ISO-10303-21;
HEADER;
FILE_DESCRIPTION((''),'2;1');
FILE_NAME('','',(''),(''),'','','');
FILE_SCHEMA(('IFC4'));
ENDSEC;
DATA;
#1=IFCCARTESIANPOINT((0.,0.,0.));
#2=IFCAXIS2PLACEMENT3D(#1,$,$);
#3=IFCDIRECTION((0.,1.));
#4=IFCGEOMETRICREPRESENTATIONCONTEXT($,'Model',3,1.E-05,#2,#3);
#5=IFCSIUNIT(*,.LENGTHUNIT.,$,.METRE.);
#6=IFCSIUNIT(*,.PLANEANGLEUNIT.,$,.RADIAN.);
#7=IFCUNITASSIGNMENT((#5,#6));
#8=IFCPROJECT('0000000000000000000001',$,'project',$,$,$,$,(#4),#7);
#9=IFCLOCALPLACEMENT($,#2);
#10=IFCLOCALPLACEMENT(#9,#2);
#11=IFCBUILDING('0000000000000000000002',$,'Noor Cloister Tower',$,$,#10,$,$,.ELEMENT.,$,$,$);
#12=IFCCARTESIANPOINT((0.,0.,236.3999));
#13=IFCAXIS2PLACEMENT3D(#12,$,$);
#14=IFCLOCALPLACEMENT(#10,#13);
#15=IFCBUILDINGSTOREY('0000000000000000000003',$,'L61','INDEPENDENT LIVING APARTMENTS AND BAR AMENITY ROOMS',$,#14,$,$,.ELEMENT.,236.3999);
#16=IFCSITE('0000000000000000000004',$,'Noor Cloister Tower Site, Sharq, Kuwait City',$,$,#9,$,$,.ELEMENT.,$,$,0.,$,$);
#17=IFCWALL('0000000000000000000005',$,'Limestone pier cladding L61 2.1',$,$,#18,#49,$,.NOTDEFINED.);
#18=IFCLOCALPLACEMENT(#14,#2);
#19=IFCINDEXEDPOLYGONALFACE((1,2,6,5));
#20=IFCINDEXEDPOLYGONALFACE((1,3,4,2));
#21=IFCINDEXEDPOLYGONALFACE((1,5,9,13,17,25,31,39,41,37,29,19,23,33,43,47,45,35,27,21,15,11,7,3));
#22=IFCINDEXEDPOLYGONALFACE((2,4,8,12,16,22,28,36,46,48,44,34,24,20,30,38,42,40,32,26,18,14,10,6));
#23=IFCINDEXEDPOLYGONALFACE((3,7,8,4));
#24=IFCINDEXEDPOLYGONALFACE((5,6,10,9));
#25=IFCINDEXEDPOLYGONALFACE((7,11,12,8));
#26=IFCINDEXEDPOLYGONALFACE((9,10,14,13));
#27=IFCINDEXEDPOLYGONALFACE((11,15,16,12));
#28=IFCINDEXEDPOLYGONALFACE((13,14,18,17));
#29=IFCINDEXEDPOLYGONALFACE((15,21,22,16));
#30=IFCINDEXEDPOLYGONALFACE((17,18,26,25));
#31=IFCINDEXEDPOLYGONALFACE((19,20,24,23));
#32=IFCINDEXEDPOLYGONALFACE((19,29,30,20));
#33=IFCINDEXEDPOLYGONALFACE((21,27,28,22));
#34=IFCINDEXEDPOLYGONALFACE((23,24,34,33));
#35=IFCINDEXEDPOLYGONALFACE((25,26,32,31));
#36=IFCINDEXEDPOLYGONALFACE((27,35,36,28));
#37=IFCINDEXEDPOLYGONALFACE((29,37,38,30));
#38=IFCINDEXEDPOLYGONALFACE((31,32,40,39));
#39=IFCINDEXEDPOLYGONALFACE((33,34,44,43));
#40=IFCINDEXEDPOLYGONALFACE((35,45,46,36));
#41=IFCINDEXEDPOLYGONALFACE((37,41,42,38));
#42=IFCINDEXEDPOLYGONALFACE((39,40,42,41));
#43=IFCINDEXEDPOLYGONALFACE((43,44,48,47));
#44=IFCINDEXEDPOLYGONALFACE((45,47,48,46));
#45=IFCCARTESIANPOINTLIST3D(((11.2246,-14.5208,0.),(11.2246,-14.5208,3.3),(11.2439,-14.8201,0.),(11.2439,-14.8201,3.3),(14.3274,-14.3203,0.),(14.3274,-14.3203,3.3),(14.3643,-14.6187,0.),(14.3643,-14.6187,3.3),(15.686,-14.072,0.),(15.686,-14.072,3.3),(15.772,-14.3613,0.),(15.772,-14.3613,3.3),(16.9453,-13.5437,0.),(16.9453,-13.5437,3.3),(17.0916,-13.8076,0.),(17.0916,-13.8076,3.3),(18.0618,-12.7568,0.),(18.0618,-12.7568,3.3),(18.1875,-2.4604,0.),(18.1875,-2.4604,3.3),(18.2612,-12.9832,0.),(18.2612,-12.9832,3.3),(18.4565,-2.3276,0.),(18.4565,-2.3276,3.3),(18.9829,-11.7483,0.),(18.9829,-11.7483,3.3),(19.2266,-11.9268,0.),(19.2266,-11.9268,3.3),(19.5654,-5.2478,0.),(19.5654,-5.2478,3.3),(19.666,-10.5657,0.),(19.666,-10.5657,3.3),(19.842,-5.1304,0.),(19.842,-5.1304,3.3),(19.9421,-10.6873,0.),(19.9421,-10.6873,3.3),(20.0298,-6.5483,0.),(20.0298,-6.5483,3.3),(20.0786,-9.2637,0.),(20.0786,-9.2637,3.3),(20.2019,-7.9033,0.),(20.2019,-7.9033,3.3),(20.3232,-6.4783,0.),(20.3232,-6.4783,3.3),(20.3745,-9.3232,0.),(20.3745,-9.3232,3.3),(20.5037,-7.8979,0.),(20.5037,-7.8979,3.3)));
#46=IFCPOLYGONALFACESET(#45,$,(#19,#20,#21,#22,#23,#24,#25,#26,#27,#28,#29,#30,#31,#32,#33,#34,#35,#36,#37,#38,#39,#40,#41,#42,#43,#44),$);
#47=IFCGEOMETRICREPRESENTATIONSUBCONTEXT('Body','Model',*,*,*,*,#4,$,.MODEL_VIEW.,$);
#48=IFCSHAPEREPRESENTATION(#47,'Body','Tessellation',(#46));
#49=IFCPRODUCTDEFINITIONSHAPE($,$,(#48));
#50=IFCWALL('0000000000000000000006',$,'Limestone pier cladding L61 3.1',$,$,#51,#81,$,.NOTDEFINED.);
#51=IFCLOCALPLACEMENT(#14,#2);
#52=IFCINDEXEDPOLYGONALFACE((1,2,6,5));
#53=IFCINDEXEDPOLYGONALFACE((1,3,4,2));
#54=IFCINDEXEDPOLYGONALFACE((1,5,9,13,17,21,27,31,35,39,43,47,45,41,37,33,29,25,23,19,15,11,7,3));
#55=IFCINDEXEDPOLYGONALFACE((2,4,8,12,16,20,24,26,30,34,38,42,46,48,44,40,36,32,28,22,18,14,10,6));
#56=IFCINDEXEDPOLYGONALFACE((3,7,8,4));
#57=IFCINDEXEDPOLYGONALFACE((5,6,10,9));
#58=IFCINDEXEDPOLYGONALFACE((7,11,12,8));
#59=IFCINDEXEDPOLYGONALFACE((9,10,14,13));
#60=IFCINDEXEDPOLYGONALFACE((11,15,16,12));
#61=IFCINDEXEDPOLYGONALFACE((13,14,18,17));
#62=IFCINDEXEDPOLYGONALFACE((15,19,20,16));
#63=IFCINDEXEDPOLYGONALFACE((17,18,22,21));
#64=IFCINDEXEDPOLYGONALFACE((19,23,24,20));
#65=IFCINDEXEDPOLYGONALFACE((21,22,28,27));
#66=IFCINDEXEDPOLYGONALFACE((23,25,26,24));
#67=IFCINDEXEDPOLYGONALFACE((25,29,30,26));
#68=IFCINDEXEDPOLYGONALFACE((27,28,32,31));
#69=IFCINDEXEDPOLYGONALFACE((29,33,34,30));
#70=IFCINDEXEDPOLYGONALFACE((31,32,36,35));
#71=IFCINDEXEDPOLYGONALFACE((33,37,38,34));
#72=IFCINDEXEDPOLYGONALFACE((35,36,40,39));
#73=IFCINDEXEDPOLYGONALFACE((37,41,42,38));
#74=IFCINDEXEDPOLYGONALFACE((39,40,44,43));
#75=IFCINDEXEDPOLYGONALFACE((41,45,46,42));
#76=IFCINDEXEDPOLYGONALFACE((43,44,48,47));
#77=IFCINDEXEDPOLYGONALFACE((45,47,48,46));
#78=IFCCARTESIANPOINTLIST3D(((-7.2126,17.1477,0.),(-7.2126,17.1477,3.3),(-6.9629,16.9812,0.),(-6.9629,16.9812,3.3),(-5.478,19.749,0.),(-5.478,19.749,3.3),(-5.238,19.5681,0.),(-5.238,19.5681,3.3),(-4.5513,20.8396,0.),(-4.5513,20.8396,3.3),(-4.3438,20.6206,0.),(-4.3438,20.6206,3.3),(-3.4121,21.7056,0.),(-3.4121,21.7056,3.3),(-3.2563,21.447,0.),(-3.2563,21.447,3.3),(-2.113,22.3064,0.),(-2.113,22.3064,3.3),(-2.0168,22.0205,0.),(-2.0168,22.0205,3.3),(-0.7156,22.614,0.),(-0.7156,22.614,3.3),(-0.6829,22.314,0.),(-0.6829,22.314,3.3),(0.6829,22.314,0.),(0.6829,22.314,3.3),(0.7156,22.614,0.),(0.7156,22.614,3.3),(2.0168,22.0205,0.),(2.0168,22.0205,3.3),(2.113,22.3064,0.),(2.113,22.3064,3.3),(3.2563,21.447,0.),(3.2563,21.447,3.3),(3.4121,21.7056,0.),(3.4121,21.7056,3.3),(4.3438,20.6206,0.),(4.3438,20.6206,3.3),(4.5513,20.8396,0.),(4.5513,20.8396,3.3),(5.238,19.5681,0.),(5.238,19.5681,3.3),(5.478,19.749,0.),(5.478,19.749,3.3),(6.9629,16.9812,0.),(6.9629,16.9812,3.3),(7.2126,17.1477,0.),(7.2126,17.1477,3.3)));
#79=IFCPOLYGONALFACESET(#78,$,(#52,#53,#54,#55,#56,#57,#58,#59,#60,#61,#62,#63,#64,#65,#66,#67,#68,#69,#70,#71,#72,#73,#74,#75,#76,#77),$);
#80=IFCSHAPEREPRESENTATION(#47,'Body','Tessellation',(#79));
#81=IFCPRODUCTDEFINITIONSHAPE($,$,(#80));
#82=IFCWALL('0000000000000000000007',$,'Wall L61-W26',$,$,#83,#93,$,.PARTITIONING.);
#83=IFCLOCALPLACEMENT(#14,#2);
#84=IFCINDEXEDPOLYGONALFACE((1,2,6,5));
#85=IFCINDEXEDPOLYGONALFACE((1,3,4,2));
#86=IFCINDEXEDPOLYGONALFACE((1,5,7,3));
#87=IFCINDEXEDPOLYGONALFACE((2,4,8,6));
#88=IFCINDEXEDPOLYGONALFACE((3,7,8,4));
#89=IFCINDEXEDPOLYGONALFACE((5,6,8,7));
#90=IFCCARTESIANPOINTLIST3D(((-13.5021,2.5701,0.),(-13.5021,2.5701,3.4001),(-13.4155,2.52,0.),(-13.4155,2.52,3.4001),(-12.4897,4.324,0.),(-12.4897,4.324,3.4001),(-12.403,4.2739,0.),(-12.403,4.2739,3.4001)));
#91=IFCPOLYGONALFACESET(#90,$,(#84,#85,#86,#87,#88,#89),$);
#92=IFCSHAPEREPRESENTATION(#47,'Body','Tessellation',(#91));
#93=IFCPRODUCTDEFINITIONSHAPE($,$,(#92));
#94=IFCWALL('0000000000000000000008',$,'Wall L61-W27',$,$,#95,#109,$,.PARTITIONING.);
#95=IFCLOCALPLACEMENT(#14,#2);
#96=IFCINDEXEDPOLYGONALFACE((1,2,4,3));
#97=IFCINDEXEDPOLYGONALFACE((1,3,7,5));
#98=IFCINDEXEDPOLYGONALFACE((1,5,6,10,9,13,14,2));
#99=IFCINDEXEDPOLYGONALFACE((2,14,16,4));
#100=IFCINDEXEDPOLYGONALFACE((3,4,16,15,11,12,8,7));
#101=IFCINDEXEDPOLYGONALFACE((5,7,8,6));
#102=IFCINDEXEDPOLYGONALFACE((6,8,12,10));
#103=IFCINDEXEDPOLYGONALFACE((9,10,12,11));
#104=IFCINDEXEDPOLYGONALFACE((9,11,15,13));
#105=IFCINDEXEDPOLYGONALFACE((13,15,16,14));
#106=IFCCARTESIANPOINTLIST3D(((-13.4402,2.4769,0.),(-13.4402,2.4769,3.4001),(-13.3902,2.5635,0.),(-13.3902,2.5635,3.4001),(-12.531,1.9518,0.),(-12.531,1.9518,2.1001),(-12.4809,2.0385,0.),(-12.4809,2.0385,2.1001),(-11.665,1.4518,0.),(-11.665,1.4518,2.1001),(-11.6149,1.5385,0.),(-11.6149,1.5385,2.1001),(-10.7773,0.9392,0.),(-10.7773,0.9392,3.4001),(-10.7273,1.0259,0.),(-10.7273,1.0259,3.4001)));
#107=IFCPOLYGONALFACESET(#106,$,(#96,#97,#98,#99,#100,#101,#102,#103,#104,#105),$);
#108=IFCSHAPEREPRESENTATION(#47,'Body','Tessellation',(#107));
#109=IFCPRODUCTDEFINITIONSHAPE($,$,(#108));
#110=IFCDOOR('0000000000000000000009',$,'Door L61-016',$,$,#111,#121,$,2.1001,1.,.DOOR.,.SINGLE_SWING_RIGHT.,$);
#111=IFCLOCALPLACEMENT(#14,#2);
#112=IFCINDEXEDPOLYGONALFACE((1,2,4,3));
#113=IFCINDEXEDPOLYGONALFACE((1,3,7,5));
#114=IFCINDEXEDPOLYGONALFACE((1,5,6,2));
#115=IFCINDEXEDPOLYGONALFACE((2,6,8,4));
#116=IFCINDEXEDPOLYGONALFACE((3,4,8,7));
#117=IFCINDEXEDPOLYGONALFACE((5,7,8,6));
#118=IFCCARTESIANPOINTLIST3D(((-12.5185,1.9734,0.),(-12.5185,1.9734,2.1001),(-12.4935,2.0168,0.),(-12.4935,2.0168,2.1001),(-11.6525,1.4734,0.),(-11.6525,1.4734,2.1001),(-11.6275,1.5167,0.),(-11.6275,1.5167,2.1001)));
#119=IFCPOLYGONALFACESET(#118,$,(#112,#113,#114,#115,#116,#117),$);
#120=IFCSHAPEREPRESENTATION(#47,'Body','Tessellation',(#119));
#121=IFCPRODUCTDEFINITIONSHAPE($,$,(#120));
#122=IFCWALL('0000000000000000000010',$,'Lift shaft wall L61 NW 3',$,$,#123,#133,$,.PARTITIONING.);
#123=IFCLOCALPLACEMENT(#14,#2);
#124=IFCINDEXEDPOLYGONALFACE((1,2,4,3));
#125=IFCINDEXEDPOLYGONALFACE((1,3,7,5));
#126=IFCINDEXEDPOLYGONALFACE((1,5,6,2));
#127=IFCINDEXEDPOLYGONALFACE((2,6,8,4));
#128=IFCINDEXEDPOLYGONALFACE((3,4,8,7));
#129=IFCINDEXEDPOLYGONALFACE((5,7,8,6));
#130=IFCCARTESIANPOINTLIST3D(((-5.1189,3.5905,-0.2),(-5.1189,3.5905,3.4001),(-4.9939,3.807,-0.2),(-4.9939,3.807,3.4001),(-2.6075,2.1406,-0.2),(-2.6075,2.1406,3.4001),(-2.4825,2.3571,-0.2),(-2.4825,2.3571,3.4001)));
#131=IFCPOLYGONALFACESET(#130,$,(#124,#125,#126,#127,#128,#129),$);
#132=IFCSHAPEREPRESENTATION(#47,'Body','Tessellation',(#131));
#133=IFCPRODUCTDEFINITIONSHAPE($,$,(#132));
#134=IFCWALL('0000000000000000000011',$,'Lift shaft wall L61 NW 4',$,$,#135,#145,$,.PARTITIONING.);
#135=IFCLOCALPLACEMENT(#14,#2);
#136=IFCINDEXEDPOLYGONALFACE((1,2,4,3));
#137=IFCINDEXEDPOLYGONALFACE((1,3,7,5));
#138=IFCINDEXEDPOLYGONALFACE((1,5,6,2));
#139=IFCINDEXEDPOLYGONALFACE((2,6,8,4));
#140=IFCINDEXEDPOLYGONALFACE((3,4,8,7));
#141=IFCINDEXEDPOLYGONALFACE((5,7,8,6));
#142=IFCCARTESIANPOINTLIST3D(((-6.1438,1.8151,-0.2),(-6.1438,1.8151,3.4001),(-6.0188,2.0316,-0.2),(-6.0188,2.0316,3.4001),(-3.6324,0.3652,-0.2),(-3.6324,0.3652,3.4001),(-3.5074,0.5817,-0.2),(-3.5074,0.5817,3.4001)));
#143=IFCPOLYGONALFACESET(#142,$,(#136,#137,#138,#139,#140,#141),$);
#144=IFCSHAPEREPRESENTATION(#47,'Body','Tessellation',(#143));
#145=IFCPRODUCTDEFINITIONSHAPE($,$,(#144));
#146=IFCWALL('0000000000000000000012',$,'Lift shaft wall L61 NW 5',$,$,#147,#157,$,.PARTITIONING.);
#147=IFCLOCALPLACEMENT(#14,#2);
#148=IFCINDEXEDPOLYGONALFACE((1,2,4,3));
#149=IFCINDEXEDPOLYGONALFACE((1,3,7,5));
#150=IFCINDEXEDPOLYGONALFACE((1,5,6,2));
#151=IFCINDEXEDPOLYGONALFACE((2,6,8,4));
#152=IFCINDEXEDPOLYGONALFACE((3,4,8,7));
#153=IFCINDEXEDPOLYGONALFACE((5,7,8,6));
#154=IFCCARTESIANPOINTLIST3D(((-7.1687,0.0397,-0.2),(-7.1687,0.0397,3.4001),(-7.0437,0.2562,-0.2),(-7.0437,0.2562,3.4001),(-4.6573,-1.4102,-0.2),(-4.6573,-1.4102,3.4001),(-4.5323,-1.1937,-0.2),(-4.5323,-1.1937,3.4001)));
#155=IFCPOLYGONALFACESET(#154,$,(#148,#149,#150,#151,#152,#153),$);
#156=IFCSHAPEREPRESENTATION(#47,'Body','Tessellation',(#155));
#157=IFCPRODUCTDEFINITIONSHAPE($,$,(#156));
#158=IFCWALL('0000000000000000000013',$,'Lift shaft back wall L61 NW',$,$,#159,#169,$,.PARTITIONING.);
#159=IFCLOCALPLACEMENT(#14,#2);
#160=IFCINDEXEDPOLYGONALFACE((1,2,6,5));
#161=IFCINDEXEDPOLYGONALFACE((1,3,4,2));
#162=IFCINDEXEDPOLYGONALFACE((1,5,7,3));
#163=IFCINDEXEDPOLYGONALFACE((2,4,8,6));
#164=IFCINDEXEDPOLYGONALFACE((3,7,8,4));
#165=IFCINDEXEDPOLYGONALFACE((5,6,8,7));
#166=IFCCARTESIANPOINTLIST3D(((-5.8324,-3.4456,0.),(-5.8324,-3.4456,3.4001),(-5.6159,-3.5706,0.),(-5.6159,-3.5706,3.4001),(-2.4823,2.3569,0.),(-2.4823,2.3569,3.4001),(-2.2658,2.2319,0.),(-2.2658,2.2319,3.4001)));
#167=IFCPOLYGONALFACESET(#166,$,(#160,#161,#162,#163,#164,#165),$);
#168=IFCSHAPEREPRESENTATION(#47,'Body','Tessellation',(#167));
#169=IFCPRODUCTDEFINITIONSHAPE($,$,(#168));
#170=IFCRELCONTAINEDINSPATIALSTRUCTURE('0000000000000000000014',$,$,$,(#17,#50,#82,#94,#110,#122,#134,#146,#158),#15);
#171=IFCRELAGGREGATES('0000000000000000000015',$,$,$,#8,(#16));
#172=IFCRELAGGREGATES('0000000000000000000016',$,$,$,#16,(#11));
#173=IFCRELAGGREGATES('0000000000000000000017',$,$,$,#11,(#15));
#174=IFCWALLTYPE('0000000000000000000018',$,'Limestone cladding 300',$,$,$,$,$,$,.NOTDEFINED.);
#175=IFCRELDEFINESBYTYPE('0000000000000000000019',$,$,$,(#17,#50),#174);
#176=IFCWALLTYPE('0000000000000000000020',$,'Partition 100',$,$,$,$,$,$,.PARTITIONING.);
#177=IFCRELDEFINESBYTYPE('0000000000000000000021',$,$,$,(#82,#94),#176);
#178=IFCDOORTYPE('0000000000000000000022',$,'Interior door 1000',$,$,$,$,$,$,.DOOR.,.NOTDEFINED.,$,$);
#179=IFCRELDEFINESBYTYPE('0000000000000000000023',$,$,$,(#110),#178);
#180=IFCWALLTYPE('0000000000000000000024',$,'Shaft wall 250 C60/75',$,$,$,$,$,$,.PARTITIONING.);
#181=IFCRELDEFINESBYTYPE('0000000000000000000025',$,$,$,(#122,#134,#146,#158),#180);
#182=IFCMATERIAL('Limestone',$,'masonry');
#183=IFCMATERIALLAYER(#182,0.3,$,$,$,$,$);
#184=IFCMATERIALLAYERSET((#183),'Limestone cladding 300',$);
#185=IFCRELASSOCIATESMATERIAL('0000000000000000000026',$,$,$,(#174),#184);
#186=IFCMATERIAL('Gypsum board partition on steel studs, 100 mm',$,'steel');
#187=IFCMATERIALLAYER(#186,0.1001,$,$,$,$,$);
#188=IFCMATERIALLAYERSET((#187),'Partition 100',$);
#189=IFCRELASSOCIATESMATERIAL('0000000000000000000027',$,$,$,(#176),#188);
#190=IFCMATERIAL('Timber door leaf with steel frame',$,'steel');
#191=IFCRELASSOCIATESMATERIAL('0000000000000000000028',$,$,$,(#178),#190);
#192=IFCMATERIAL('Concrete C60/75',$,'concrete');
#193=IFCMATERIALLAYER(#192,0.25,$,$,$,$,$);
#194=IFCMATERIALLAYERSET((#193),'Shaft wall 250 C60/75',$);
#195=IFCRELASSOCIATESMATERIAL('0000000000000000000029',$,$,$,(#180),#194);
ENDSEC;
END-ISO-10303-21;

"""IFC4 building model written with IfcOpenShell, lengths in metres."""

from ifc_helpers import new_model, si_unit, direction, frame, frame_2d, origin, place, context, subcontext, project, spatial, polyline, rectangle, outline, extrude, material, layer, layer_set, type_object, element, fill, save


model = new_model("IFC4")

# Units and contexts
model_context = context("Model", 3, precision=1e-05, world=origin(), true_north=direction((0.0, 1.0)))
body_context = subcontext(model_context, "Body", "Model", "MODEL_VIEW")
ifc_project = project(units=[si_unit("LENGTHUNIT", "METRE"), si_unit("PLANEANGLEUNIT", "RADIAN")], contexts=[model_context])

# Site, building, storey
site_placement = place(None, origin())
site = spatial("IfcSite", under=ifc_project, at=site_placement, Name="Noor Cloister Tower Site, Sharq, Kuwait City", CompositionType="ELEMENT", RefElevation=0.0)
building_placement = place(site_placement, origin())
building = spatial("IfcBuilding", under=site, at=building_placement, Name="Noor Cloister Tower", CompositionType="ELEMENT")
storey_placement = place(building_placement, frame((0.0, 0.0, 236.3999)))
storey = spatial("IfcBuildingStorey", under=building, at=storey_placement, Name="L61", Description="INDEPENDENT LIVING APARTMENTS AND BAR AMENITY ROOMS", CompositionType="ELEMENT", Elevation=236.3999)

# Walls
ifc_material_1 = material(Name="Limestone", Category="masonry")
ifc_layer_1 = layer(ifc_material_1, 0.3)
ifc_layer_set_1 = layer_set([ifc_layer_1], Name="Limestone cladding 300")
wall_type_1 = type_object("IfcWallType", Name="Limestone cladding 300", PredefinedType="NOTDEFINED", material=ifc_layer_set_1)
wall_1_placement = place(storey_placement, origin())
element("IfcWall", 1, at=wall_1_placement, inside=storey, type_object=wall_type_1, Name="Limestone pier cladding L61 2.1", PredefinedType="NOTDEFINED", context=body_context, shape_type="SweptSolid", body=[
    extrude(outline(polyline([(11.2439, -14.8201), (14.3643, -14.6187), (15.772, -14.3613), (17.0916, -13.8076), (18.2612, -12.9832), (19.2266, -11.9268), (19.9421, -10.6873), (20.3745, -9.3232), (20.5037, -7.8979), (20.3232, -6.4783), (19.842, -5.1304), (18.4565, -2.3276), (18.1875, -2.4604), (19.5654, -5.2478), (20.0298, -6.5483), (20.2019, -7.9033), (20.0786, -9.2637), (19.666, -10.5657), (18.9829, -11.7483), (18.0618, -12.7568), (16.9453, -13.5437), (15.686, -14.072), (14.3274, -14.3203), (11.2246, -14.5208), (11.2439, -14.8201)])), origin(), (0.0, 0.0, 1.0), 3.3),
])
wall_2_placement = place(storey_placement, origin())
element("IfcWall", 2, at=wall_2_placement, inside=storey, type_object=wall_type_1, Name="Limestone pier cladding L61 3.1", PredefinedType="NOTDEFINED", context=body_context, shape_type="SweptSolid", body=[
    extrude(outline(polyline([(7.2126, 17.1477), (5.478, 19.749), (4.5513, 20.8396), (3.4121, 21.7056), (2.113, 22.3064), (0.7156, 22.614), (-0.7156, 22.614), (-2.113, 22.3064), (-3.4121, 21.7056), (-4.5513, 20.8396), (-5.478, 19.749), (-7.2126, 17.1477), (-6.9629, 16.9812), (-5.238, 19.5681), (-4.3438, 20.6206), (-3.2563, 21.447), (-2.0168, 22.0205), (-0.6829, 22.314), (0.6829, 22.314), (2.0168, 22.0205), (3.2563, 21.447), (4.3438, 20.6206), (5.238, 19.5681), (6.9629, 16.9812), (7.2126, 17.1477)])), origin(), (0.0, 0.0, 1.0), 3.3),
])
ifc_material_2 = material(Name="Gypsum board partition on steel studs, 100 mm", Category="steel")
ifc_layer_2 = layer(ifc_material_2, 0.1001)
ifc_layer_set_2 = layer_set([ifc_layer_2], Name="Partition 100")
wall_type_2 = type_object("IfcWallType", Name="Partition 100", PredefinedType="PARTITIONING", material=ifc_layer_set_2)
wall_3_placement = place(storey_placement, frame((-12.4463, 4.2991, 0.0), z_axis=(0.0, 0.0, 1.0), x_axis=(-0.499938, -0.866061, 0.0)))
element("IfcWall", 3, at=wall_3_placement, inside=storey, type_object=wall_type_2, Name="Wall L61-W26", PredefinedType="PARTITIONING", context=body_context, shape_type="SweptSolid", body=[
    extrude(rectangle(XDim=2.0251, YDim=0.1001, at=frame_2d((1.0127, 0.0))), origin(), (0.0, 0.0, 1.0), 3.4001),
])

# Wall, opening, door
wall_4_placement = place(storey_placement, frame((-13.4153, 2.5203, 0.0), z_axis=(0.0, 0.0, 1.0), x_axis=(0.865997, -0.50005, 0.0)))
wall_4 = element("IfcWall", 4, at=wall_4_placement, inside=storey, type_object=wall_type_2, Name="Wall L61-W27", PredefinedType="PARTITIONING", context=body_context, shape_type="SweptSolid", body=[
    extrude(rectangle(XDim=3.075, YDim=0.1001, at=frame_2d((1.5376, 0.0))), origin(), (0.0, 0.0, 1.0), 3.4001),
])
opening_1_placement = place(wall_4_placement, frame((1.05, 0.0, 0.0)))
opening_1 = element("IfcOpeningElement", 5, at=opening_1_placement, cuts=wall_4, PredefinedType="OPENING", context=body_context, shape_type="SweptSolid", body=[
    extrude(rectangle(XDim=1.0, YDim=2.1001, at=frame_2d((0.5, 1.05))), frame((0.0, 0.0601, 0.0), z_axis=(0.0, -1.0, 0.0), x_axis=(1.0, 0.0, 0.0)), (0.0, 0.0, 1.0), 0.1201),
])
ifc_material_3 = material(Name="Timber door leaf with steel frame", Category="steel")
door_type_1 = type_object("IfcDoorType", Name="Interior door 1000", OperationType="NOTDEFINED", PredefinedType="DOOR", material=ifc_material_3)
door_1_placement = place(opening_1_placement, origin())
door_1 = element("IfcDoor", 6, at=door_1_placement, inside=storey, type_object=door_type_1, Name="Door L61-016", OperationType="SINGLE_SWING_RIGHT", OverallHeight=2.1001, OverallWidth=1.0, PredefinedType="DOOR", context=body_context, shape_type="SweptSolid", body=[
    extrude(rectangle(XDim=1.0, YDim=2.1001, at=frame_2d((0.5, 1.05))), frame((0.0, 0.0249, 0.0), z_axis=(0.0, -1.0, 0.0), x_axis=(1.0, 0.0, 0.0)), (0.0, 0.0, 1.0), 0.05),
])
fill(opening_1, door_1)

# Walls
ifc_material_4 = material(Name="Concrete C60/75", Category="concrete")
ifc_layer_3 = layer(ifc_material_4, 0.25)
ifc_layer_set_3 = layer_set([ifc_layer_3], Name="Shaft wall 250 C60/75")
wall_type_3 = type_object("IfcWallType", Name="Shaft wall 250 C60/75", PredefinedType="PARTITIONING", material=ifc_layer_set_3)
for number, where, z_axis, x_axis, name in (
    (7, (-5.0564, 3.6987, -0.2), (0.0, 0.0, 1.0), (0.866033, -0.499987, 0.0), "Lift shaft wall L61 NW 3"),
    (8, (-6.0813, 1.9233, -0.2), (0.0, 0.0, 1.0), (0.866033, -0.499987, 0.0), "Lift shaft wall L61 NW 4"),
    (9, (-7.1062, 0.1479, -0.2), (0.0, 0.0, 1.0), (0.866033, -0.499987, 0.0), "Lift shaft wall L61 NW 5"),
):
    element("IfcWall", number, at=place(storey_placement, frame(where, z_axis=z_axis, x_axis=x_axis)), inside=storey, type_object=wall_type_3, Name=name, PredefinedType="PARTITIONING", context=body_context, shape_type="SweptSolid", body=[
        extrude(rectangle(XDim=2.8999, YDim=0.25, at=frame_2d((1.45, 0.0))), origin(), (0.0, 0.0, 1.0), 3.6001),
    ])
wall_5_placement = place(storey_placement, frame((-2.374, 2.2944, 0.0), z_axis=(0.0, 0.0, 1.0), x_axis=(-0.500003, -0.866024, 0.0)))
element("IfcWall", 10, at=wall_5_placement, inside=storey, type_object=wall_type_3, Name="Lift shaft back wall L61 NW", PredefinedType="PARTITIONING", context=body_context, shape_type="SweptSolid", body=[
    extrude(rectangle(XDim=6.7002, YDim=0.25, at=frame_2d((3.3501, 0.0))), origin(), (0.0, 0.0, 1.0), 3.4001),
])

save(model, "model.ifc")
